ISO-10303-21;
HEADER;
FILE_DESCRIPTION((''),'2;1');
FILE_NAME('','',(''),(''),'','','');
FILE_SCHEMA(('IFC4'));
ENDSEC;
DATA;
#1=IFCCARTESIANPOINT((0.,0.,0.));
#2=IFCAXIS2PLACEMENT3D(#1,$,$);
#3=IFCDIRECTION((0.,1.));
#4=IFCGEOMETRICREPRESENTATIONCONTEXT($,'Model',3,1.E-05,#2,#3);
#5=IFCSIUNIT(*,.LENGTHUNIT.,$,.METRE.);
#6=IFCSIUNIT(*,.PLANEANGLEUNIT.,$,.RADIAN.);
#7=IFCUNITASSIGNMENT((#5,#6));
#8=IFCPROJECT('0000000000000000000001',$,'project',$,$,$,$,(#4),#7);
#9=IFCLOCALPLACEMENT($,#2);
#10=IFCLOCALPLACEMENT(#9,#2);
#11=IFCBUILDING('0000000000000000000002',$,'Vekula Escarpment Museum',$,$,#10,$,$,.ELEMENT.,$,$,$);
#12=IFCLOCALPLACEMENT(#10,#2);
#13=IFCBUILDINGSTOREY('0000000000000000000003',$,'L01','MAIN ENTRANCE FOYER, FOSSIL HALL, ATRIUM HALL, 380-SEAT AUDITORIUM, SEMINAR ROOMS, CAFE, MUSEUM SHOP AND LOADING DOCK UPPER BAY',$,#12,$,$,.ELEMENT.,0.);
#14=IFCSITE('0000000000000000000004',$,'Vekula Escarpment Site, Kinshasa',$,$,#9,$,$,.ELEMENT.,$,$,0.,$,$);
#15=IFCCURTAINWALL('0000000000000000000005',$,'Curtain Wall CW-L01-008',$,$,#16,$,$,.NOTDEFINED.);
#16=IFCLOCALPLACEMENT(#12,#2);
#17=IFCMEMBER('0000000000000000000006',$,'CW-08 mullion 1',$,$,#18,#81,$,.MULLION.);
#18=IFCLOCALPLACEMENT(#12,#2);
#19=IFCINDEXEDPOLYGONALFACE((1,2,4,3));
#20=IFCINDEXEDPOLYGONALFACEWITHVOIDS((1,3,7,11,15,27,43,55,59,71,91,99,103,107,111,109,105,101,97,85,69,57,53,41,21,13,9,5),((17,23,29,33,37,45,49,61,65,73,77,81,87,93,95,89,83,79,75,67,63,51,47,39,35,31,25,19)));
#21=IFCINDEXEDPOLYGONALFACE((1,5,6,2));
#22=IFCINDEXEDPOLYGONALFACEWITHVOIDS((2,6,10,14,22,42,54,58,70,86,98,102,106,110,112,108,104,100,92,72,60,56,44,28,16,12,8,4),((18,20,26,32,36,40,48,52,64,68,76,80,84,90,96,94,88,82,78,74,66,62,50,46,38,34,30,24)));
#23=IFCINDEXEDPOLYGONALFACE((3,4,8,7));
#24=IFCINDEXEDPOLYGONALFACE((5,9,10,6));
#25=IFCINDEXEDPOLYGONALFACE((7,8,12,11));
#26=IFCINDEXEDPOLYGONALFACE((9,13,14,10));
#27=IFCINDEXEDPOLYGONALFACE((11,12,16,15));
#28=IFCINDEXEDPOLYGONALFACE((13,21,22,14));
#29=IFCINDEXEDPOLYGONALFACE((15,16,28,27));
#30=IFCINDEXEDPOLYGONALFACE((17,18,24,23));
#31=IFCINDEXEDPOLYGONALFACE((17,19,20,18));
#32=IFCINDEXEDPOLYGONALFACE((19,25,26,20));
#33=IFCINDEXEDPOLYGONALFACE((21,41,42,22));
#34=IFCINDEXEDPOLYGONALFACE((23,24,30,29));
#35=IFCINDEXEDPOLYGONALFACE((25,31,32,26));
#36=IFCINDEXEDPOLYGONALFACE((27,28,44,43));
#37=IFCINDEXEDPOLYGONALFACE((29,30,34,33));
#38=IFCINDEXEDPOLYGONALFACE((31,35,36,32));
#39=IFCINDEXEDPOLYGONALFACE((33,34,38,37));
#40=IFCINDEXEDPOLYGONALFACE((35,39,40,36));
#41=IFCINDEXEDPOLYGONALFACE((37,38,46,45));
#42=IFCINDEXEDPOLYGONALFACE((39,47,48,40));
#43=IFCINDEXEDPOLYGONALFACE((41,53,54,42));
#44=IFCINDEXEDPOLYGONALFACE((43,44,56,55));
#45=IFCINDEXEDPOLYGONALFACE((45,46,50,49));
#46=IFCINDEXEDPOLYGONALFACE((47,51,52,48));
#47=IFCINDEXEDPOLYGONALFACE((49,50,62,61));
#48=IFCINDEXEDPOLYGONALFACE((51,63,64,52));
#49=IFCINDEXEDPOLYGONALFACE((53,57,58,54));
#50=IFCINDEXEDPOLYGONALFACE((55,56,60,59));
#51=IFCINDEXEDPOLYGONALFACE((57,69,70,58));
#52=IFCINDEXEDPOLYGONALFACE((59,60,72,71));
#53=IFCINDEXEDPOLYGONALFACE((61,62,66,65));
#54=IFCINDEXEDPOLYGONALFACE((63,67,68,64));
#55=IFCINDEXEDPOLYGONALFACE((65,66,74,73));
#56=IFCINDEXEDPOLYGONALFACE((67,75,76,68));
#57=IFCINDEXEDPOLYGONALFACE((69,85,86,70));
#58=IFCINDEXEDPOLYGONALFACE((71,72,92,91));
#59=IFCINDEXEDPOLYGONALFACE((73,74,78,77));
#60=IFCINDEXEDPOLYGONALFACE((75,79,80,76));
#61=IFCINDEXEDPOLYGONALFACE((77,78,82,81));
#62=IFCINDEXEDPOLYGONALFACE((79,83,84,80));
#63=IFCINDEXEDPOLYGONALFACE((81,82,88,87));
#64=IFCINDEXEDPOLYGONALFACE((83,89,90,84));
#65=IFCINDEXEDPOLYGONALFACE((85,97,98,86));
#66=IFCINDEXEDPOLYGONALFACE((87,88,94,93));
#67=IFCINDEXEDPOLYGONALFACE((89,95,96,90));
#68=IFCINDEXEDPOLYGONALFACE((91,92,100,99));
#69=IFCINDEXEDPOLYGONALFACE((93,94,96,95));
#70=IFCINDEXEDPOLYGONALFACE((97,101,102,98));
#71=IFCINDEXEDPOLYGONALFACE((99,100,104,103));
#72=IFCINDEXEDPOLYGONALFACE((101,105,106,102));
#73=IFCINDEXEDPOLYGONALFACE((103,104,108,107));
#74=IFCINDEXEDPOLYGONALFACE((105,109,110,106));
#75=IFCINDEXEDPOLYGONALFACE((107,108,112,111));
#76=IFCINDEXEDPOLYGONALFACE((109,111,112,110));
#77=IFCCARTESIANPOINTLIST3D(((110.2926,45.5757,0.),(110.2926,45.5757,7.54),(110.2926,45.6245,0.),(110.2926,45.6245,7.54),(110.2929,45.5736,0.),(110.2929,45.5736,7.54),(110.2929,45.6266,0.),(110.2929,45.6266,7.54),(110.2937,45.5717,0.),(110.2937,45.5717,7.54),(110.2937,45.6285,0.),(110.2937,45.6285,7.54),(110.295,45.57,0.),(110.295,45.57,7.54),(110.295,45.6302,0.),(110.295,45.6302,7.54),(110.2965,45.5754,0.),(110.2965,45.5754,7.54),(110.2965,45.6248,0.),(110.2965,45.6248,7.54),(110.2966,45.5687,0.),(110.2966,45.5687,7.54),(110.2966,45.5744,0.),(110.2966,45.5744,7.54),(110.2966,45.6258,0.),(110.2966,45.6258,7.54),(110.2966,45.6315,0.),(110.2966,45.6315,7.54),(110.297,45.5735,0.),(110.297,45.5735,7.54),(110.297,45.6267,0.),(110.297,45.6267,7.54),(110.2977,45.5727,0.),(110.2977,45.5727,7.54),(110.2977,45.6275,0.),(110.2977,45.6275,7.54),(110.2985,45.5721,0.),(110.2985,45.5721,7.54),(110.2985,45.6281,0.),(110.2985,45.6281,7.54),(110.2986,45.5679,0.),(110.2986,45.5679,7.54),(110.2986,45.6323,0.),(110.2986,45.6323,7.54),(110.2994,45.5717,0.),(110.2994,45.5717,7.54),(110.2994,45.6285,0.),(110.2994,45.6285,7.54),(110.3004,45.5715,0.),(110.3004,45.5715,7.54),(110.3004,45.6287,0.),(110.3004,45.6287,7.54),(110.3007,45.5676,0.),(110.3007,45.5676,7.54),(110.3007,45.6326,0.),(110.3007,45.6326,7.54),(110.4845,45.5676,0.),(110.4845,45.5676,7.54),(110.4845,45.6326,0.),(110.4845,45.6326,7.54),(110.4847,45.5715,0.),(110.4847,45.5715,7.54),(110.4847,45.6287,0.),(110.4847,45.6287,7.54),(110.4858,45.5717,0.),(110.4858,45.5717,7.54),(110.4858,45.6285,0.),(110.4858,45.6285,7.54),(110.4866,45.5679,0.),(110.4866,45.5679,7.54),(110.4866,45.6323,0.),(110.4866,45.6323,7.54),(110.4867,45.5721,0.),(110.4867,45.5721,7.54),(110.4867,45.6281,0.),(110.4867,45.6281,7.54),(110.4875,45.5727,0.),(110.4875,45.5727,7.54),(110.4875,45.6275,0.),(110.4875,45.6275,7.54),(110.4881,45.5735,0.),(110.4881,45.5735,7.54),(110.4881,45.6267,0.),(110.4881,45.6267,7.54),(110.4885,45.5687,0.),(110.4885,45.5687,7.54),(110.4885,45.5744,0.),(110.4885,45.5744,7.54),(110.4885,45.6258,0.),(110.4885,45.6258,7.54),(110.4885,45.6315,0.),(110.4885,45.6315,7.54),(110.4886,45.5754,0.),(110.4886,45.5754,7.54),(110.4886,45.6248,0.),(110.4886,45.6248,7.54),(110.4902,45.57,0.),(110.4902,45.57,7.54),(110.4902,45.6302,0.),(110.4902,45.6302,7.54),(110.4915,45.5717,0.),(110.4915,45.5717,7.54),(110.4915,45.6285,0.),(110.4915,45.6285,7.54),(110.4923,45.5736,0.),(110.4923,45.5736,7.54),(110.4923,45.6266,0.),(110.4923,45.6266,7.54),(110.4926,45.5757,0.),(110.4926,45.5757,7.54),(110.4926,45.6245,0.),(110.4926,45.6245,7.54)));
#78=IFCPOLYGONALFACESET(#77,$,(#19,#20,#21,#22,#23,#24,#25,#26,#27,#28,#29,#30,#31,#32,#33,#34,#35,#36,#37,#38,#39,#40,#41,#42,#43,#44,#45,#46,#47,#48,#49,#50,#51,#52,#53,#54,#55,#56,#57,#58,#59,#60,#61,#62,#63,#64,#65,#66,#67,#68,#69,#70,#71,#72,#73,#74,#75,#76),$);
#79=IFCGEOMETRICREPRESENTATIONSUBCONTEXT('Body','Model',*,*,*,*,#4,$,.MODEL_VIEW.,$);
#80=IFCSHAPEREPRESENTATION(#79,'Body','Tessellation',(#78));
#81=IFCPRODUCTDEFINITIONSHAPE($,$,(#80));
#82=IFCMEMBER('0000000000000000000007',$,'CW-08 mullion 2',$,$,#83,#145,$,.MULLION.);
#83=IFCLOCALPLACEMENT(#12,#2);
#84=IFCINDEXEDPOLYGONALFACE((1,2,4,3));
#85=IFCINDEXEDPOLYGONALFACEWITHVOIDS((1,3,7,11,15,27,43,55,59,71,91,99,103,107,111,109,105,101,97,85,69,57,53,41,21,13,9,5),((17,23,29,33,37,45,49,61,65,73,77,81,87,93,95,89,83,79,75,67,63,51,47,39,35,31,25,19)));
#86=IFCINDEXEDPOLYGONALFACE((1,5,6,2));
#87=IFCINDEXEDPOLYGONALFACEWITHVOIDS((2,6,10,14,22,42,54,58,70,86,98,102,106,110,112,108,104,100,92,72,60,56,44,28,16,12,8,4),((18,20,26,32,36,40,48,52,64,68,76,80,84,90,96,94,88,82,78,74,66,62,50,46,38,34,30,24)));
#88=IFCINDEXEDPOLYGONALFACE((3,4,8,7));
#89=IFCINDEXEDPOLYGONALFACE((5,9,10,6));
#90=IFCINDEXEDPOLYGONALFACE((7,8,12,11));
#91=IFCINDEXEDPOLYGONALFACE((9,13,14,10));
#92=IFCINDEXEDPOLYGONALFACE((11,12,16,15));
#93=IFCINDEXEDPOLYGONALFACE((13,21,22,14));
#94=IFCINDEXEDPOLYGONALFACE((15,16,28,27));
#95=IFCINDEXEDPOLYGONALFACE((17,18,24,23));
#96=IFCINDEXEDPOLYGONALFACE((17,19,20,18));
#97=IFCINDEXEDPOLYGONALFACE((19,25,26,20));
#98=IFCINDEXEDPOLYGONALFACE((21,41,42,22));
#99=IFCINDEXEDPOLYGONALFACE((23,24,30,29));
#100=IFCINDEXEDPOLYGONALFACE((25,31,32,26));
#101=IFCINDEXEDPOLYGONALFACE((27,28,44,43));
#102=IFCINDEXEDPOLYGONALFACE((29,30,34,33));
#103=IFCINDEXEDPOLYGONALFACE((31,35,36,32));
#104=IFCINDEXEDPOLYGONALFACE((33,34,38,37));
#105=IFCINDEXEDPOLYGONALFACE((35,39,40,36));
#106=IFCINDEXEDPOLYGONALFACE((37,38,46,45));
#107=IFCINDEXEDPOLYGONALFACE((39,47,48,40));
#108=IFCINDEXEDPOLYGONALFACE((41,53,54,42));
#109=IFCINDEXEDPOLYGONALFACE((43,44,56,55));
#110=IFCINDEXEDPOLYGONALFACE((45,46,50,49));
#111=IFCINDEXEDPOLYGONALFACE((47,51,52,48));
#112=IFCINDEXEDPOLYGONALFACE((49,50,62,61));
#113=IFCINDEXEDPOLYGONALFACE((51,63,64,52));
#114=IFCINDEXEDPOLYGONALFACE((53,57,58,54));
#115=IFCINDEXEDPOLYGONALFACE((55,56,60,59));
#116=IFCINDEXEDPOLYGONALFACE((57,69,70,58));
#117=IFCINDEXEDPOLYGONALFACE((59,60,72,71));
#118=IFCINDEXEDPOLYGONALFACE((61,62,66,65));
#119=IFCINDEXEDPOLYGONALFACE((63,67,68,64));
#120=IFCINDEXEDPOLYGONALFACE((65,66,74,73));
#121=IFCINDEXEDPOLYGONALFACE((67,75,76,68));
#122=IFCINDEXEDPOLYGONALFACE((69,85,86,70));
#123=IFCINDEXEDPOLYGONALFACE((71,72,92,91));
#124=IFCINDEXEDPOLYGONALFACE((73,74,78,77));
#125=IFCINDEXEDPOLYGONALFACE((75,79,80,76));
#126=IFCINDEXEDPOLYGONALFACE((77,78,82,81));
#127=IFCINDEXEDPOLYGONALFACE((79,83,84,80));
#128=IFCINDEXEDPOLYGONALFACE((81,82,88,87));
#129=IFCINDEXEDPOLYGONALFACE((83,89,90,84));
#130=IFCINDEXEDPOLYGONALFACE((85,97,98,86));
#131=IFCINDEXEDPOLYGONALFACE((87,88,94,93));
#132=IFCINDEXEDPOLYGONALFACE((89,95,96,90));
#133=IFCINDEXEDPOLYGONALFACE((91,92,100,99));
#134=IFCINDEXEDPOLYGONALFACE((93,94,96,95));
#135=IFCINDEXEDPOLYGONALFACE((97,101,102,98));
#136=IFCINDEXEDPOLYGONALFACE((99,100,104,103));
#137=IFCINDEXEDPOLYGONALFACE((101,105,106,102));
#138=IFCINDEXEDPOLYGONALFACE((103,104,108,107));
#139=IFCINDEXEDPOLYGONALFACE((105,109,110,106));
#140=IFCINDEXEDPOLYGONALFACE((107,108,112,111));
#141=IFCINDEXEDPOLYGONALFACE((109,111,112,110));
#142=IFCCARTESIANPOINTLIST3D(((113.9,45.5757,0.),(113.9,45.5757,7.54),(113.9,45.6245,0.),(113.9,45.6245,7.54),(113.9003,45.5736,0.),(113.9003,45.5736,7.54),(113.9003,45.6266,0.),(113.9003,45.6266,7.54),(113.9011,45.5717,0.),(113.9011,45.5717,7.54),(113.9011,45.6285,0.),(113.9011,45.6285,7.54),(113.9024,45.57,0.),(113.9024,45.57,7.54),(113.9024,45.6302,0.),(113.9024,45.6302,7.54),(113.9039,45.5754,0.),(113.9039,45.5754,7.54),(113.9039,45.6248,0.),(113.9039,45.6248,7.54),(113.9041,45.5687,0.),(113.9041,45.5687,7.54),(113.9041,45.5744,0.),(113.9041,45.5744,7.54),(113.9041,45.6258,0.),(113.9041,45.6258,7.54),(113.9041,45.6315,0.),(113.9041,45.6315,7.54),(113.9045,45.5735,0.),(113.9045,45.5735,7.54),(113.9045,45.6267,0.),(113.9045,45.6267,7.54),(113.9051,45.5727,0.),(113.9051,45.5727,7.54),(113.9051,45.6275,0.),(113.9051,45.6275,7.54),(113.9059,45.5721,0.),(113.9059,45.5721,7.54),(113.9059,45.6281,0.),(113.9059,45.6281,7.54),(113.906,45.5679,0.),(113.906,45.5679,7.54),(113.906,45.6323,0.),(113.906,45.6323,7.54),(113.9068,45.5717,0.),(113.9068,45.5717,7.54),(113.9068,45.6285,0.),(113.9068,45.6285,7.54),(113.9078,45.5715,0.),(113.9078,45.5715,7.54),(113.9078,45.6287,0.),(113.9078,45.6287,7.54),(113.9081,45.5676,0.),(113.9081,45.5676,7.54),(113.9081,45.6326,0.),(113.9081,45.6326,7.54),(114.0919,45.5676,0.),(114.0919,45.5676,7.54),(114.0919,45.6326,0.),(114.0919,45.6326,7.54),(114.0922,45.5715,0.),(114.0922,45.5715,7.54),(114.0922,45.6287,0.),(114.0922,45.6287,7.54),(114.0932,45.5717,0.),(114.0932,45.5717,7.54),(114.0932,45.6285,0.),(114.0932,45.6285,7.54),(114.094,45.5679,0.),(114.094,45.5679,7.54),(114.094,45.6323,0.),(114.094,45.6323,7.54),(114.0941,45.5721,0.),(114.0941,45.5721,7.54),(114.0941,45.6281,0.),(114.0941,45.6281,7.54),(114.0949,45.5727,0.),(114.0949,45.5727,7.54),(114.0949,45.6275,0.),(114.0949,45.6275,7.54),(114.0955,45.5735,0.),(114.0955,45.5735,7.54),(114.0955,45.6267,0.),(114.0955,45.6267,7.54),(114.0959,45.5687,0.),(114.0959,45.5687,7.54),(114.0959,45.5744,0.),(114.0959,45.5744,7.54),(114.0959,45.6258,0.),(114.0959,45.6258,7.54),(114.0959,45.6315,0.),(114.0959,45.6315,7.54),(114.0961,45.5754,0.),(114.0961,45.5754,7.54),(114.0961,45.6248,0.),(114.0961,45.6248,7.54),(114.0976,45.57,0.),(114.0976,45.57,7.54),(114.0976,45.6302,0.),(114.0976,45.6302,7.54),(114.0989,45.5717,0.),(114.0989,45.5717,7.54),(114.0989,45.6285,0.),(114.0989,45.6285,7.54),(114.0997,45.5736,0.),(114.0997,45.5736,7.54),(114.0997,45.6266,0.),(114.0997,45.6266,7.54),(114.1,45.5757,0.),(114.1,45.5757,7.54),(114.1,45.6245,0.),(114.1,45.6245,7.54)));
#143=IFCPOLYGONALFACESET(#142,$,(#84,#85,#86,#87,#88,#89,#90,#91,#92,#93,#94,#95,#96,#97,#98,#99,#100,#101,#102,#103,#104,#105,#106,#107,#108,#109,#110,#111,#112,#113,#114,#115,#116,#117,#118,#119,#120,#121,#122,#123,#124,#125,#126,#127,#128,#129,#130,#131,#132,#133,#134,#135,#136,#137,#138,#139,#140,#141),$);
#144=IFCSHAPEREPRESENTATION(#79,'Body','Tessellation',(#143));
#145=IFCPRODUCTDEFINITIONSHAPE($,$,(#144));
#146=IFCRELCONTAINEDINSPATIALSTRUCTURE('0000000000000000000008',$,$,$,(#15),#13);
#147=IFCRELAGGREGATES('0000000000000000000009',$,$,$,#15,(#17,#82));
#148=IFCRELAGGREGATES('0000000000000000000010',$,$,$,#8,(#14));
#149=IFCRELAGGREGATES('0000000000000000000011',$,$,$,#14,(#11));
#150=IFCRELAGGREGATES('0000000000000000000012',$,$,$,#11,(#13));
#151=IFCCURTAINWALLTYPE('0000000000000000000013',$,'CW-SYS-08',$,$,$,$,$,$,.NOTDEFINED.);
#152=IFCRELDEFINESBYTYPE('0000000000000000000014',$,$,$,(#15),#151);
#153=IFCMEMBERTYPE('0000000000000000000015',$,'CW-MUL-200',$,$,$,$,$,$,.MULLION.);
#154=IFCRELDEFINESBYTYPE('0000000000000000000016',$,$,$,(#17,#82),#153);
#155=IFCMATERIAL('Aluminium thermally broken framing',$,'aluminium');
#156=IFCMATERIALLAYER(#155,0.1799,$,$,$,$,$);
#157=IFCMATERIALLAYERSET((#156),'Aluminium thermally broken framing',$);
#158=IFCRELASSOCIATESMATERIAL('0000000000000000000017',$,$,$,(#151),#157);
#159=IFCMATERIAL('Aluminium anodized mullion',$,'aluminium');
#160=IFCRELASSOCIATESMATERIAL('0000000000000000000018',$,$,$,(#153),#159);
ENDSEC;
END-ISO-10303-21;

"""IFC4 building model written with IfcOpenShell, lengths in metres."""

from ifc_helpers import new_model, si_unit, direction, frame, origin, origin_2d, place, context, subcontext, project, spatial, hollow_rectangle, extrude, material, layer, layer_set, material_profile, profile_set, type_object, element, aggregate, save


model = new_model("IFC4")

# Units and contexts
model_context = context("Model", 3, precision=1e-05, world=origin(), true_north=direction((0.0, 1.0)))
body_context = subcontext(model_context, "Body", "Model", "MODEL_VIEW")
ifc_project = project(units=[si_unit("LENGTHUNIT", "METRE"), si_unit("PLANEANGLEUNIT", "RADIAN")], contexts=[model_context])

# Site, building, storey
site_placement = place(None, origin())
site = spatial("IfcSite", under=ifc_project, at=site_placement, Name="Vekula Escarpment Site, Kinshasa", CompositionType="ELEMENT", RefElevation=0.0)
building_placement = place(site_placement, origin())
building = spatial("IfcBuilding", under=site, at=building_placement, Name="Vekula Escarpment Museum", CompositionType="ELEMENT")
storey_placement = place(building_placement, origin())
storey = spatial("IfcBuildingStorey", under=building, at=storey_placement, Name="L01", Description="MAIN ENTRANCE FOYER, FOSSIL HALL, ATRIUM HALL, 380-SEAT AUDITORIUM, SEMINAR ROOMS, CAFE, MUSEUM SHOP AND LOADING DOCK UPPER BAY", CompositionType="ELEMENT", Elevation=0.0)

# Curtain wall, members
ifc_material_1 = material(Name="Aluminium thermally broken framing", Category="aluminium")
ifc_layer_1 = layer(ifc_material_1, 0.1799)
ifc_layer_set_1 = layer_set([ifc_layer_1], Name="Aluminium thermally broken framing")
curtain_wall_type = type_object("IfcCurtainWallType", Name="CW-SYS-08", PredefinedType="NOTDEFINED", material=ifc_layer_set_1)
curtain_wall_placement = place(storey_placement, origin())
curtain_wall = element("IfcCurtainWall", 1, at=curtain_wall_placement, inside=storey, type_object=curtain_wall_type, Name="Curtain Wall CW-L01-008", PredefinedType="NOTDEFINED")
ifc_material_2 = material(Name="Aluminium anodized mullion", Category="aluminium")
ifc_material_profile_1 = material_profile(ifc_material_2, hollow_rectangle(XDim=0.0649, YDim=0.2, WallThickness=0.0039, InnerFilletRadius=0.0039, OuterFilletRadius=0.0081, at=origin_2d()), Name="ALU 200x65x4")
ifc_profile_set_1 = profile_set([ifc_material_profile_1], Name="Aluminium anodized mullion")
member_type_1 = type_object("IfcMemberType", Name="CW-MUL-200", PredefinedType="MULLION", material=ifc_profile_set_1)
member_1_placement = place(storey_placement, frame((110.3926, 45.6001, 0.0), z_axis=(0.0, 0.0, 1.0), x_axis=(0.0, 1.0, 0.0)))
member_1 = element("IfcMember", 2, at=member_1_placement, type_object=member_type_1, Name="CW-08 mullion 1", PredefinedType="MULLION", context=body_context, shape_type="SweptSolid", body=[
    extrude(hollow_rectangle(XDim=0.0649, YDim=0.2, WallThickness=0.0039, InnerFilletRadius=0.0039, OuterFilletRadius=0.0081, at=origin_2d()), origin(), (0.0, 0.0, 1.0), 7.54),
])
member_2_placement = place(storey_placement, frame((114.0, 45.6001, 0.0), z_axis=(0.0, 0.0, 1.0), x_axis=(0.0, 1.0, 0.0)))
member_2 = element("IfcMember", 3, at=member_2_placement, type_object=member_type_1, Name="CW-08 mullion 2", PredefinedType="MULLION", context=body_context, shape_type="SweptSolid", body=[
    extrude(hollow_rectangle(XDim=0.0649, YDim=0.2, WallThickness=0.0039, InnerFilletRadius=0.0039, OuterFilletRadius=0.0081, at=origin_2d()), origin(), (0.0, 0.0, 1.0), 7.54),
])
aggregate(curtain_wall, [member_1, member_2])

save(model, "model.ifc")
